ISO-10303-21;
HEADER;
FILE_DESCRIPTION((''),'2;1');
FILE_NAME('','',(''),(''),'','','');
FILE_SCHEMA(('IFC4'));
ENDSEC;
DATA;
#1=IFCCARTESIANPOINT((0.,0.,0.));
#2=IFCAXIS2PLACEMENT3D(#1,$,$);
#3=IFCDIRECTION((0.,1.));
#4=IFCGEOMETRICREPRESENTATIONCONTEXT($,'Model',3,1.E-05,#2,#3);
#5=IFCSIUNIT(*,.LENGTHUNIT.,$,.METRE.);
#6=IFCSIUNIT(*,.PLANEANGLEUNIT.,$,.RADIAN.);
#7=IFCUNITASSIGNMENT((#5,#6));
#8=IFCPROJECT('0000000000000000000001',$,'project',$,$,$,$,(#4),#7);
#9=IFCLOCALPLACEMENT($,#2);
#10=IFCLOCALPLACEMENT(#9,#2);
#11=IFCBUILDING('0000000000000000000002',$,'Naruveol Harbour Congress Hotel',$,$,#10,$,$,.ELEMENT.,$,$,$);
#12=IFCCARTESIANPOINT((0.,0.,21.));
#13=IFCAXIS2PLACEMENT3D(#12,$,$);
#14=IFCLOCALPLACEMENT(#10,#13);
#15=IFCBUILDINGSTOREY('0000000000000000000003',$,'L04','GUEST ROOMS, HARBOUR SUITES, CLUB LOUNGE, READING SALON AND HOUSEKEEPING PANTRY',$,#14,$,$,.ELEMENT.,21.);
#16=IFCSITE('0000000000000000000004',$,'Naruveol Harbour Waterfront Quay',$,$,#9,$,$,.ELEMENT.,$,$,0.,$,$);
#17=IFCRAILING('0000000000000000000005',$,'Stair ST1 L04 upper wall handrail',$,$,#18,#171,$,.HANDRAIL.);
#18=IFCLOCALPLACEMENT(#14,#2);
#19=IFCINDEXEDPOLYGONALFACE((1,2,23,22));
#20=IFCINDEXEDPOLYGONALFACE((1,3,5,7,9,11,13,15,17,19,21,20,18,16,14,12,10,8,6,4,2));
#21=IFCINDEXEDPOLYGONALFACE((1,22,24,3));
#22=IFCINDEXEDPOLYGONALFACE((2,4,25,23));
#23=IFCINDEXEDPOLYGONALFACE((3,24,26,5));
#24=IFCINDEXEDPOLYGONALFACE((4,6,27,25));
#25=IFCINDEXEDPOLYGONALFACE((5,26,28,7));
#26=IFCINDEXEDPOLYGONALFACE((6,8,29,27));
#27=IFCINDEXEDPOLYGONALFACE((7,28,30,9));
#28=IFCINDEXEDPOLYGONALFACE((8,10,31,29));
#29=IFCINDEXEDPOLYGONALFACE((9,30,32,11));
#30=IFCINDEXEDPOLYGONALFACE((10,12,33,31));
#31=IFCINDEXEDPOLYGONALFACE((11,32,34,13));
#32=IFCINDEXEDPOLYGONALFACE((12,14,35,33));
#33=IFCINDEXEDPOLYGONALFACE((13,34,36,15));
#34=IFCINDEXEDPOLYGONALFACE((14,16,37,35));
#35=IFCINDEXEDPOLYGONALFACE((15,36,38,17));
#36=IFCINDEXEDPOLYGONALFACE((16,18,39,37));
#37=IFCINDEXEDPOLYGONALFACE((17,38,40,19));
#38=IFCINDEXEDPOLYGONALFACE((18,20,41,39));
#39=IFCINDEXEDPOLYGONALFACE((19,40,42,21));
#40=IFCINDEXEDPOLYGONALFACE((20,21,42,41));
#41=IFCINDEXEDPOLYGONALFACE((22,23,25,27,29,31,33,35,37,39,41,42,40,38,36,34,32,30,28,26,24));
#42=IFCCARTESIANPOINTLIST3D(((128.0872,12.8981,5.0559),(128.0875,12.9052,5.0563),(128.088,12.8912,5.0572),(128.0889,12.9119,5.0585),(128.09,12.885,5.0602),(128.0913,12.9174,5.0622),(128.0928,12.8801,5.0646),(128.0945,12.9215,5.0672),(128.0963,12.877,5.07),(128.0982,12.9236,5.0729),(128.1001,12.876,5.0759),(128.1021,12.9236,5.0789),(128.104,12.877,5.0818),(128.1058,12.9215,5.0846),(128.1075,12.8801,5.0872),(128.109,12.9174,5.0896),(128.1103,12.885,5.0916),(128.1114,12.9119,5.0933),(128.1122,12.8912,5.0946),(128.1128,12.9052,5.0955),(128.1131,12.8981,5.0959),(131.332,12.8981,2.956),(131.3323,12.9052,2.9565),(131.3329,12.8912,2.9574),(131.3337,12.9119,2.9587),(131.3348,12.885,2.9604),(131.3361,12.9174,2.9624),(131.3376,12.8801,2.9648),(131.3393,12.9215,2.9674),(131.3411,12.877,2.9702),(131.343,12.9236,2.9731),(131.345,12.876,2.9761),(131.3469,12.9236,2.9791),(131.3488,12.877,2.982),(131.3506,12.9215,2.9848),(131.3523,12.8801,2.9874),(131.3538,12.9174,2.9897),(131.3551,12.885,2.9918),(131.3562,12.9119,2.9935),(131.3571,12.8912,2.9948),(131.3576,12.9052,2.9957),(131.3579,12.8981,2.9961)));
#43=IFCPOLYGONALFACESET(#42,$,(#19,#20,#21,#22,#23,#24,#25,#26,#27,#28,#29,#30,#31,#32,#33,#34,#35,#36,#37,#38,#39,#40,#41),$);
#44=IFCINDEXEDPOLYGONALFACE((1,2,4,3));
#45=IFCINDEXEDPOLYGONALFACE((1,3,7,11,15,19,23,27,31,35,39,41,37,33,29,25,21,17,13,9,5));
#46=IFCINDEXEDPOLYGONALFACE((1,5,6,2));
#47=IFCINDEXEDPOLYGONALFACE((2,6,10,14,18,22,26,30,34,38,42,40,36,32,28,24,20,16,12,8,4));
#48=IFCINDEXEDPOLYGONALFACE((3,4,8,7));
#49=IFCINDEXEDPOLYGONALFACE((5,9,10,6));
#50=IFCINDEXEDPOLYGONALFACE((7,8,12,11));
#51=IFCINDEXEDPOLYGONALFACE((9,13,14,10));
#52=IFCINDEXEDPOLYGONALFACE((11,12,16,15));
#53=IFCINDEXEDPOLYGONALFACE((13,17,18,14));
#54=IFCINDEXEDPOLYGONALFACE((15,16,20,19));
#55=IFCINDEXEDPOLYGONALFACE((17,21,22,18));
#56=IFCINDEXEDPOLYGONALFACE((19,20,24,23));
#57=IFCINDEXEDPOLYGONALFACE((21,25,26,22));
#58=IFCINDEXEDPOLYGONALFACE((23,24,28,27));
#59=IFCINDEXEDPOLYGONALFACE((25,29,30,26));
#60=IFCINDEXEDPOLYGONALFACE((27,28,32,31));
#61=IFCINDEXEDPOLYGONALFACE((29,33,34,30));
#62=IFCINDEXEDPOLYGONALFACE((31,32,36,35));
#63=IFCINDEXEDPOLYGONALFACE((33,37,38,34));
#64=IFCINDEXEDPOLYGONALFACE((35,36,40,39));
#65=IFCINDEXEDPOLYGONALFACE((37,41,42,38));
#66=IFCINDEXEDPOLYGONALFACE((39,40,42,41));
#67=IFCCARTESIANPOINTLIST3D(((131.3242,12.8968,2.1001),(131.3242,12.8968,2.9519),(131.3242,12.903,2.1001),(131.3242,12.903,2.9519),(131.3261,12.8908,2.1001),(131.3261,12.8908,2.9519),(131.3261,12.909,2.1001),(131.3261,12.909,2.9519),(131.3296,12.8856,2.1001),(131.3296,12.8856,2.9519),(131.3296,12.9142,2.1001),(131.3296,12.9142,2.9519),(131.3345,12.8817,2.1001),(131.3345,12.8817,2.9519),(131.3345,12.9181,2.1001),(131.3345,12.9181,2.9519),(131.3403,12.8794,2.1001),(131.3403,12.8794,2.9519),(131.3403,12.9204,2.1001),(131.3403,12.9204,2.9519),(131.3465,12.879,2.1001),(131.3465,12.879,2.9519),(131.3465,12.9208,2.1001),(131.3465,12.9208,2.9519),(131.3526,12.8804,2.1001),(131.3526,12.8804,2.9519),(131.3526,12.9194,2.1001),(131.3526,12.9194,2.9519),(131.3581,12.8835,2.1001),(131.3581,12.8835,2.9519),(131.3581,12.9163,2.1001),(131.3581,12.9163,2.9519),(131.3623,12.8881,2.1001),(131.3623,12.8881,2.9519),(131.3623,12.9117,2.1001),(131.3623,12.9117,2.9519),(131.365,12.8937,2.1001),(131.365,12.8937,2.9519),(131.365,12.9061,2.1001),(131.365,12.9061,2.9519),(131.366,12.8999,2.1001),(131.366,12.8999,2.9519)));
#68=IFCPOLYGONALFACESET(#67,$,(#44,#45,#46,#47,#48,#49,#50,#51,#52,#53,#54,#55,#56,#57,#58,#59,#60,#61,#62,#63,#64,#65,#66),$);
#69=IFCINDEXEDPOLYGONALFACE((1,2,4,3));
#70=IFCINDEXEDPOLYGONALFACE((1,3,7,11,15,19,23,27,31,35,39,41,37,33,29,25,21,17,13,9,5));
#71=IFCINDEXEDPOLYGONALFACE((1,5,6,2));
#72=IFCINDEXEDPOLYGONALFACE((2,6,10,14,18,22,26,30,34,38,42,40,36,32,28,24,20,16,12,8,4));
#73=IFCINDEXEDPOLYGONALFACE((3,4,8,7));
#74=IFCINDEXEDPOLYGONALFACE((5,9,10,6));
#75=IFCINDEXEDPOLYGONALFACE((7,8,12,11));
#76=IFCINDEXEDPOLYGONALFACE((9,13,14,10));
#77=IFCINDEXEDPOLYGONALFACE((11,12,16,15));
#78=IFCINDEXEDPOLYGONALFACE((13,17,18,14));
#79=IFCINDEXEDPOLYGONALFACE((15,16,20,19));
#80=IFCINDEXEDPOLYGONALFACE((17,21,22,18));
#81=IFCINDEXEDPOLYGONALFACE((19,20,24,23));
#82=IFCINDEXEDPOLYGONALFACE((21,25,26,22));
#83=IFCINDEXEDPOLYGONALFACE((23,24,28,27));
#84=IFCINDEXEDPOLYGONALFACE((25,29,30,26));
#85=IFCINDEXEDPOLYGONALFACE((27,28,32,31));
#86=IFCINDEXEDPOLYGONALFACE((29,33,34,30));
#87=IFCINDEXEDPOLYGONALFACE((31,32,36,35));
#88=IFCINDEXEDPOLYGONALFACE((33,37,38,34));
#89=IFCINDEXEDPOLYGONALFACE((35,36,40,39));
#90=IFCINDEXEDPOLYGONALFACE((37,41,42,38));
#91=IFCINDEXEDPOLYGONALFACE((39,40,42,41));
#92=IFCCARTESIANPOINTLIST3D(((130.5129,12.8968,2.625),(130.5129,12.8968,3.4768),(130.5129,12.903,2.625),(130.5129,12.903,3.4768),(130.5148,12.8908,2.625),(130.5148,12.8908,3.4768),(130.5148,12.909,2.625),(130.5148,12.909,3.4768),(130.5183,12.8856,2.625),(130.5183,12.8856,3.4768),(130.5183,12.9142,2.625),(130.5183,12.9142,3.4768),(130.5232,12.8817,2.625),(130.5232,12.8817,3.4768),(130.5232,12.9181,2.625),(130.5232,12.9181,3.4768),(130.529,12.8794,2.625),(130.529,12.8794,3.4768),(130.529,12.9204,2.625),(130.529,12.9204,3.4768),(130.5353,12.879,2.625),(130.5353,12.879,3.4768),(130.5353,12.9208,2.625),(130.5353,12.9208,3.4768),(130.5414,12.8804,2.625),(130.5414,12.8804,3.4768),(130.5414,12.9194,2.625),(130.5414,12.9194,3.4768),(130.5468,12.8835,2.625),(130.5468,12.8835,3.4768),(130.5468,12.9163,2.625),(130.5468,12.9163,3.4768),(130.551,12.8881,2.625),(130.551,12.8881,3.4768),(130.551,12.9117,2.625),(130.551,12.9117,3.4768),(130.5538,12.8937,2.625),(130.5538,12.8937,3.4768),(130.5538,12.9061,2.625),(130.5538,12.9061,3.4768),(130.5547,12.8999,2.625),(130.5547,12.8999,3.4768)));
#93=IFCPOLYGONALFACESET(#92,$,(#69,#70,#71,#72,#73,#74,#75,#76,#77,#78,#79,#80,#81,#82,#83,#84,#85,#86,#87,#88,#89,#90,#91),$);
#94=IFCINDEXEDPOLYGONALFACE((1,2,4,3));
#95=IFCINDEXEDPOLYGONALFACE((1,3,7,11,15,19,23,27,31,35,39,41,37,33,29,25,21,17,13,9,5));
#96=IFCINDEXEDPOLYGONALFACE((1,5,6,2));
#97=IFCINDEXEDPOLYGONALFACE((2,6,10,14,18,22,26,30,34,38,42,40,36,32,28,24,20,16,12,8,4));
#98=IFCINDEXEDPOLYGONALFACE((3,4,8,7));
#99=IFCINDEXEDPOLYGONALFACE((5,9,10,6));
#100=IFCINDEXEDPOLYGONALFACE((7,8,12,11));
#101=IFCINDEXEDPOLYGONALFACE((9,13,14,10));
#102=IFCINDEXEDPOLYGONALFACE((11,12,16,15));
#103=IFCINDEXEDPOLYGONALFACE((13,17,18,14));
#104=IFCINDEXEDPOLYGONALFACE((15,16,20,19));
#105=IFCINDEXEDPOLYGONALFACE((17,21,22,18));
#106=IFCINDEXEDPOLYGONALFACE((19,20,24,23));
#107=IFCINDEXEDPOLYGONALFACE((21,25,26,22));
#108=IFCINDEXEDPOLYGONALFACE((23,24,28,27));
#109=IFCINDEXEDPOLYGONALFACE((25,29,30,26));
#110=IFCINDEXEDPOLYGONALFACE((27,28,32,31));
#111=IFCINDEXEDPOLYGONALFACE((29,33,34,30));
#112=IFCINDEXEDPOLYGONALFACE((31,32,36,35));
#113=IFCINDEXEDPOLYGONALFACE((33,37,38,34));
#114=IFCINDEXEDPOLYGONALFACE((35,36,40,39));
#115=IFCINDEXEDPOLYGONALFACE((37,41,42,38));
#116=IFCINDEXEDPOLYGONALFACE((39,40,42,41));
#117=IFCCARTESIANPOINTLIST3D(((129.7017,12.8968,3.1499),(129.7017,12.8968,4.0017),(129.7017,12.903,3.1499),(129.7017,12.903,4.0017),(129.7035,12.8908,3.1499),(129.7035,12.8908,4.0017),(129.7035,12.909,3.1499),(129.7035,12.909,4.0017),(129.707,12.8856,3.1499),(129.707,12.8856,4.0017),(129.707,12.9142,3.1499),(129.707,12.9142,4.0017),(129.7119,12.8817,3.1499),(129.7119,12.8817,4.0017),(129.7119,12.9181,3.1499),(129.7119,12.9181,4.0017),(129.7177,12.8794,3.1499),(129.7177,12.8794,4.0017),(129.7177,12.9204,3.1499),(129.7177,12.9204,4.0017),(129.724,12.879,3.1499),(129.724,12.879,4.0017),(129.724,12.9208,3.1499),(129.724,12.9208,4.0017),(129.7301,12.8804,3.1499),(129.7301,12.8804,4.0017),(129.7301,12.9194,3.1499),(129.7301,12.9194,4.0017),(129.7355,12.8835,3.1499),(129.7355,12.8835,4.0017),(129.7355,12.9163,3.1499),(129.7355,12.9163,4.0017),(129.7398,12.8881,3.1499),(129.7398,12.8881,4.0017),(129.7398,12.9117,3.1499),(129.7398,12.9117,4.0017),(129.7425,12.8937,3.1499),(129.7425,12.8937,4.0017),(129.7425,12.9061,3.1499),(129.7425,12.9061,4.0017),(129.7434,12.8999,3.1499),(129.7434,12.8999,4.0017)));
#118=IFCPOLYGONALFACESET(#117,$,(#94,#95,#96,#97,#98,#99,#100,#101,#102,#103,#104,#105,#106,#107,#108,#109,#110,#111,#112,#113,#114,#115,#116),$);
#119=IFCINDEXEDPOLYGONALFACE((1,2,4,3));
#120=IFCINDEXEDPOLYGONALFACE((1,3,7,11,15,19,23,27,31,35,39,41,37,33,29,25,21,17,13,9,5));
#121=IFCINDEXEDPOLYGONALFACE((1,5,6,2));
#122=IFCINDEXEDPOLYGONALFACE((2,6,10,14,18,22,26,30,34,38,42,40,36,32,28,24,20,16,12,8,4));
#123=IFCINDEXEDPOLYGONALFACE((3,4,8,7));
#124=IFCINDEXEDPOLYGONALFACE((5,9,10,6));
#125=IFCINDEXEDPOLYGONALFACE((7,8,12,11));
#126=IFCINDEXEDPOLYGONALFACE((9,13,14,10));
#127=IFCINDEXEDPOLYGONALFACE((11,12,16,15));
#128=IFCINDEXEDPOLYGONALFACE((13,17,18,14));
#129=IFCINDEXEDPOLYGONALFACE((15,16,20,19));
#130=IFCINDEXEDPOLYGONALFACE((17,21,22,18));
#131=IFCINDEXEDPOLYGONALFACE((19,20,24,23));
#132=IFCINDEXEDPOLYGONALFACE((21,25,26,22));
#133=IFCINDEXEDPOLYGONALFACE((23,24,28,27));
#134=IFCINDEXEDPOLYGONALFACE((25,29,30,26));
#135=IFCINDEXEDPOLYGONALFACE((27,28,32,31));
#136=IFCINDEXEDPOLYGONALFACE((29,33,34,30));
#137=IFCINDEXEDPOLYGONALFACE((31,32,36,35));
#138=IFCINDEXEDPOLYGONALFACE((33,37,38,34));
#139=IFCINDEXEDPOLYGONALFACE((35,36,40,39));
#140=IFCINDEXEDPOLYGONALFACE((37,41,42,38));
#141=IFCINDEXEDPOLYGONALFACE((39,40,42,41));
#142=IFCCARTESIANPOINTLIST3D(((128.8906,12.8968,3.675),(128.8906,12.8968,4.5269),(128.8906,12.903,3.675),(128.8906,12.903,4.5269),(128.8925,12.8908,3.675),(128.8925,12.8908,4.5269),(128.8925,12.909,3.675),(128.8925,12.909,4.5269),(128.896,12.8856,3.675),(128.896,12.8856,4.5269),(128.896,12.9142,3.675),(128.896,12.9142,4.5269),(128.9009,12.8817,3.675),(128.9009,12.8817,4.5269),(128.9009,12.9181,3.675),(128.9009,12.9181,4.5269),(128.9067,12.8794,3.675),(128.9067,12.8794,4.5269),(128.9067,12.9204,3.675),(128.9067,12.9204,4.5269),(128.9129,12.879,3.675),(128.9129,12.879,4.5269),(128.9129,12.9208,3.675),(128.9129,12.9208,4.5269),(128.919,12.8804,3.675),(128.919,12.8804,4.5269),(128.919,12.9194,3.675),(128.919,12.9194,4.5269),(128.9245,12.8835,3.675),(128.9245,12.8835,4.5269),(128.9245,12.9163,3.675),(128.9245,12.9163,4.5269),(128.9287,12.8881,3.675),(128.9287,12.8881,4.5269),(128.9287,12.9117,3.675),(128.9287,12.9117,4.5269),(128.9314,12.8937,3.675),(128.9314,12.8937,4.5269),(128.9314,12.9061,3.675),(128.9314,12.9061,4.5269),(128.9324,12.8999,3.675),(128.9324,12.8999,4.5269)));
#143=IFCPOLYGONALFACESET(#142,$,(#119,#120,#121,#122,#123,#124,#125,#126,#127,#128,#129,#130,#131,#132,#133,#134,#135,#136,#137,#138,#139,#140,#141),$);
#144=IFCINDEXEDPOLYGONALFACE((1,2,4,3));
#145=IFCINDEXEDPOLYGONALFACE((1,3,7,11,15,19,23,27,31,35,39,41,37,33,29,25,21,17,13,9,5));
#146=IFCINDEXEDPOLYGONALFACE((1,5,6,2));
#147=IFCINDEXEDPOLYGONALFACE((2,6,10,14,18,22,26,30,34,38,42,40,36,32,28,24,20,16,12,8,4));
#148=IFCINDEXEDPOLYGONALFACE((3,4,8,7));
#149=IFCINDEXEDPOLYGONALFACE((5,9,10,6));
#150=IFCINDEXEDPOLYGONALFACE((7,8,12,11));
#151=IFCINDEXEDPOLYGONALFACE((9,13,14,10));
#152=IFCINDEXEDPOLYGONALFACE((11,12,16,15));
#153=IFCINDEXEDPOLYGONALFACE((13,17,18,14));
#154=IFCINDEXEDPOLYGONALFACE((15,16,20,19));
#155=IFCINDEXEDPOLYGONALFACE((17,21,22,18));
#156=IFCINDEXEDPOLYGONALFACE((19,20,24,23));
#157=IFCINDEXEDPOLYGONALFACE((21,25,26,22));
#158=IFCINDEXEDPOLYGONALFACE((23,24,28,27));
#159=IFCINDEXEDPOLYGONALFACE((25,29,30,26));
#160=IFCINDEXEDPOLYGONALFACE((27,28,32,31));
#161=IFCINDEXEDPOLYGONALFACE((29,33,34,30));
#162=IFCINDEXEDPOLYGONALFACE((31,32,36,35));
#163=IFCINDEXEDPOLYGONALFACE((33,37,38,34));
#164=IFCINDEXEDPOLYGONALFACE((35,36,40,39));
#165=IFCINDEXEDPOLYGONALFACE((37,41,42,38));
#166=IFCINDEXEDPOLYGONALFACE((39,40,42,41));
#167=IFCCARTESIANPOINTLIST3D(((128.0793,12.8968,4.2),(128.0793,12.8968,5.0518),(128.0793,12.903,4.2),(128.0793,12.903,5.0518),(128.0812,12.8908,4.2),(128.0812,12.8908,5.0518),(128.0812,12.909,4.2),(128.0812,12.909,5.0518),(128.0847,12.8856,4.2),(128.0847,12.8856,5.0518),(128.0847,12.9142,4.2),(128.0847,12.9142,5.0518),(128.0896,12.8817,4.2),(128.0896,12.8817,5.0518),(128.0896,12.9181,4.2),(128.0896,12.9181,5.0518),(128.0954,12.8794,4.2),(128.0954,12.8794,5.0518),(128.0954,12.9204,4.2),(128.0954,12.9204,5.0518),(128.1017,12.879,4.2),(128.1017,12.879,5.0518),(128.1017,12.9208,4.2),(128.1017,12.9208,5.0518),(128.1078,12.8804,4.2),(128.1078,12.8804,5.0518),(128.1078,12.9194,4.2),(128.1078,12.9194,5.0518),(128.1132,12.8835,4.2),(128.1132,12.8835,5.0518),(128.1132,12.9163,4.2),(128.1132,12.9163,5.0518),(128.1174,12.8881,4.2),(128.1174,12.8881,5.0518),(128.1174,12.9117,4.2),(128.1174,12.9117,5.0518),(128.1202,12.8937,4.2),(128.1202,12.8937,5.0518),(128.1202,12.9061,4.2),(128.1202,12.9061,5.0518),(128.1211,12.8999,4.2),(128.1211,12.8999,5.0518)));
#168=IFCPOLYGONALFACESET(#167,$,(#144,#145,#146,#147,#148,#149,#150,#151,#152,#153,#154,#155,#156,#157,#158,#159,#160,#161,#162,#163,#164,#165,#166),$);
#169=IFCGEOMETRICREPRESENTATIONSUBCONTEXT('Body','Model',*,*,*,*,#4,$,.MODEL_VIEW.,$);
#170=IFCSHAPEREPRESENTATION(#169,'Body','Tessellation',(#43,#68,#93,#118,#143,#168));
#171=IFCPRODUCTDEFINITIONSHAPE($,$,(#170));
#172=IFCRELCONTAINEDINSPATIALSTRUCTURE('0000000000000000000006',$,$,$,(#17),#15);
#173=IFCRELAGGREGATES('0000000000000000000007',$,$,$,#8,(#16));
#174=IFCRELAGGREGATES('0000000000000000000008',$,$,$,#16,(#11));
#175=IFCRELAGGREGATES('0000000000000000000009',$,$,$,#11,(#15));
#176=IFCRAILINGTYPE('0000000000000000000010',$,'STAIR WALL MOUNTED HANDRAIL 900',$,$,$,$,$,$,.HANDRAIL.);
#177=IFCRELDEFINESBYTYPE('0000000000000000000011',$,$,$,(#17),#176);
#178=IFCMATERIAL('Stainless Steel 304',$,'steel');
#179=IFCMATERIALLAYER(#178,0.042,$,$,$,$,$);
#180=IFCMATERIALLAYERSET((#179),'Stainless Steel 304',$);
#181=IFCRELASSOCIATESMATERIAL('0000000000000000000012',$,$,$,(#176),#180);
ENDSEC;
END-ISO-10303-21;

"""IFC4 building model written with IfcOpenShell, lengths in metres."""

from ifc_helpers import new_model, si_unit, direction, frame, origin, origin_2d, place, context, subcontext, project, spatial, circle, extrude, material, layer, layer_set, type_object, element, save


model = new_model("IFC4")

# Units and contexts
model_context = context("Model", 3, precision=1e-05, world=origin(), true_north=direction((0.0, 1.0)))
body_context = subcontext(model_context, "Body", "Model", "MODEL_VIEW")
ifc_project = project(units=[si_unit("LENGTHUNIT", "METRE"), si_unit("PLANEANGLEUNIT", "RADIAN")], contexts=[model_context])

# Site, building, storey
site_placement = place(None, origin())
site = spatial("IfcSite", under=ifc_project, at=site_placement, Name="Naruveol Harbour Waterfront Quay", CompositionType="ELEMENT", RefElevation=0.0)
building_placement = place(site_placement, origin())
building = spatial("IfcBuilding", under=site, at=building_placement, Name="Naruveol Harbour Congress Hotel", CompositionType="ELEMENT")
storey_placement = place(building_placement, frame((0.0, 0.0, 21.0)))
storey = spatial("IfcBuildingStorey", under=building, at=storey_placement, Name="L04", Description="GUEST ROOMS, HARBOUR SUITES, CLUB LOUNGE, READING SALON AND HOUSEKEEPING PANTRY", CompositionType="ELEMENT", Elevation=21.0)

# Railing
ifc_material_1 = material(Name="Stainless Steel 304", Category="steel")
ifc_layer_1 = layer(ifc_material_1, 0.042)
ifc_layer_set_1 = layer_set([ifc_layer_1], Name="Stainless Steel 304")
railing_type_1 = type_object("IfcRailingType", Name="STAIR WALL MOUNTED HANDRAIL 900", PredefinedType="HANDRAIL", material=ifc_layer_set_1)
railing_1_placement = place(storey_placement, frame((131.345, 12.8999, 2.1001)))
element("IfcRailing", 1, at=railing_1_placement, inside=storey, type_object=railing_type_1, Name="Stair ST1 L04 upper wall handrail", PredefinedType="HANDRAIL", context=body_context, shape_type="SweptSolid", body=[
    extrude(circle(Radius=0.0239, at=origin_2d()), frame((0.0, 0.0, 0.876), z_axis=(-0.839543, 0.0, 0.543293), x_axis=(0.0, -1.0, 0.0)), (0.0, 0.0, 1.0), 3.865),
    extrude(circle(Radius=0.021, at=origin_2d()), origin(), (0.0, 0.0, 1.0), 0.8518),
    extrude(circle(Radius=0.021, at=origin_2d()), frame((-0.8113, 0.0, 0.5249)), (0.0, 0.0, 1.0), 0.8518),
    extrude(circle(Radius=0.021, at=origin_2d()), frame((-1.6226, 0.0, 1.0498)), (0.0, 0.0, 1.0), 0.8518),
    extrude(circle(Radius=0.021, at=origin_2d()), frame((-2.4336, 0.0, 1.575)), (0.0, 0.0, 1.0), 0.8518),
    extrude(circle(Radius=0.021, at=origin_2d()), frame((-3.2449, 0.0, 2.0999)), (0.0, 0.0, 1.0), 0.8518),
])

save(model, "model.ifc")
